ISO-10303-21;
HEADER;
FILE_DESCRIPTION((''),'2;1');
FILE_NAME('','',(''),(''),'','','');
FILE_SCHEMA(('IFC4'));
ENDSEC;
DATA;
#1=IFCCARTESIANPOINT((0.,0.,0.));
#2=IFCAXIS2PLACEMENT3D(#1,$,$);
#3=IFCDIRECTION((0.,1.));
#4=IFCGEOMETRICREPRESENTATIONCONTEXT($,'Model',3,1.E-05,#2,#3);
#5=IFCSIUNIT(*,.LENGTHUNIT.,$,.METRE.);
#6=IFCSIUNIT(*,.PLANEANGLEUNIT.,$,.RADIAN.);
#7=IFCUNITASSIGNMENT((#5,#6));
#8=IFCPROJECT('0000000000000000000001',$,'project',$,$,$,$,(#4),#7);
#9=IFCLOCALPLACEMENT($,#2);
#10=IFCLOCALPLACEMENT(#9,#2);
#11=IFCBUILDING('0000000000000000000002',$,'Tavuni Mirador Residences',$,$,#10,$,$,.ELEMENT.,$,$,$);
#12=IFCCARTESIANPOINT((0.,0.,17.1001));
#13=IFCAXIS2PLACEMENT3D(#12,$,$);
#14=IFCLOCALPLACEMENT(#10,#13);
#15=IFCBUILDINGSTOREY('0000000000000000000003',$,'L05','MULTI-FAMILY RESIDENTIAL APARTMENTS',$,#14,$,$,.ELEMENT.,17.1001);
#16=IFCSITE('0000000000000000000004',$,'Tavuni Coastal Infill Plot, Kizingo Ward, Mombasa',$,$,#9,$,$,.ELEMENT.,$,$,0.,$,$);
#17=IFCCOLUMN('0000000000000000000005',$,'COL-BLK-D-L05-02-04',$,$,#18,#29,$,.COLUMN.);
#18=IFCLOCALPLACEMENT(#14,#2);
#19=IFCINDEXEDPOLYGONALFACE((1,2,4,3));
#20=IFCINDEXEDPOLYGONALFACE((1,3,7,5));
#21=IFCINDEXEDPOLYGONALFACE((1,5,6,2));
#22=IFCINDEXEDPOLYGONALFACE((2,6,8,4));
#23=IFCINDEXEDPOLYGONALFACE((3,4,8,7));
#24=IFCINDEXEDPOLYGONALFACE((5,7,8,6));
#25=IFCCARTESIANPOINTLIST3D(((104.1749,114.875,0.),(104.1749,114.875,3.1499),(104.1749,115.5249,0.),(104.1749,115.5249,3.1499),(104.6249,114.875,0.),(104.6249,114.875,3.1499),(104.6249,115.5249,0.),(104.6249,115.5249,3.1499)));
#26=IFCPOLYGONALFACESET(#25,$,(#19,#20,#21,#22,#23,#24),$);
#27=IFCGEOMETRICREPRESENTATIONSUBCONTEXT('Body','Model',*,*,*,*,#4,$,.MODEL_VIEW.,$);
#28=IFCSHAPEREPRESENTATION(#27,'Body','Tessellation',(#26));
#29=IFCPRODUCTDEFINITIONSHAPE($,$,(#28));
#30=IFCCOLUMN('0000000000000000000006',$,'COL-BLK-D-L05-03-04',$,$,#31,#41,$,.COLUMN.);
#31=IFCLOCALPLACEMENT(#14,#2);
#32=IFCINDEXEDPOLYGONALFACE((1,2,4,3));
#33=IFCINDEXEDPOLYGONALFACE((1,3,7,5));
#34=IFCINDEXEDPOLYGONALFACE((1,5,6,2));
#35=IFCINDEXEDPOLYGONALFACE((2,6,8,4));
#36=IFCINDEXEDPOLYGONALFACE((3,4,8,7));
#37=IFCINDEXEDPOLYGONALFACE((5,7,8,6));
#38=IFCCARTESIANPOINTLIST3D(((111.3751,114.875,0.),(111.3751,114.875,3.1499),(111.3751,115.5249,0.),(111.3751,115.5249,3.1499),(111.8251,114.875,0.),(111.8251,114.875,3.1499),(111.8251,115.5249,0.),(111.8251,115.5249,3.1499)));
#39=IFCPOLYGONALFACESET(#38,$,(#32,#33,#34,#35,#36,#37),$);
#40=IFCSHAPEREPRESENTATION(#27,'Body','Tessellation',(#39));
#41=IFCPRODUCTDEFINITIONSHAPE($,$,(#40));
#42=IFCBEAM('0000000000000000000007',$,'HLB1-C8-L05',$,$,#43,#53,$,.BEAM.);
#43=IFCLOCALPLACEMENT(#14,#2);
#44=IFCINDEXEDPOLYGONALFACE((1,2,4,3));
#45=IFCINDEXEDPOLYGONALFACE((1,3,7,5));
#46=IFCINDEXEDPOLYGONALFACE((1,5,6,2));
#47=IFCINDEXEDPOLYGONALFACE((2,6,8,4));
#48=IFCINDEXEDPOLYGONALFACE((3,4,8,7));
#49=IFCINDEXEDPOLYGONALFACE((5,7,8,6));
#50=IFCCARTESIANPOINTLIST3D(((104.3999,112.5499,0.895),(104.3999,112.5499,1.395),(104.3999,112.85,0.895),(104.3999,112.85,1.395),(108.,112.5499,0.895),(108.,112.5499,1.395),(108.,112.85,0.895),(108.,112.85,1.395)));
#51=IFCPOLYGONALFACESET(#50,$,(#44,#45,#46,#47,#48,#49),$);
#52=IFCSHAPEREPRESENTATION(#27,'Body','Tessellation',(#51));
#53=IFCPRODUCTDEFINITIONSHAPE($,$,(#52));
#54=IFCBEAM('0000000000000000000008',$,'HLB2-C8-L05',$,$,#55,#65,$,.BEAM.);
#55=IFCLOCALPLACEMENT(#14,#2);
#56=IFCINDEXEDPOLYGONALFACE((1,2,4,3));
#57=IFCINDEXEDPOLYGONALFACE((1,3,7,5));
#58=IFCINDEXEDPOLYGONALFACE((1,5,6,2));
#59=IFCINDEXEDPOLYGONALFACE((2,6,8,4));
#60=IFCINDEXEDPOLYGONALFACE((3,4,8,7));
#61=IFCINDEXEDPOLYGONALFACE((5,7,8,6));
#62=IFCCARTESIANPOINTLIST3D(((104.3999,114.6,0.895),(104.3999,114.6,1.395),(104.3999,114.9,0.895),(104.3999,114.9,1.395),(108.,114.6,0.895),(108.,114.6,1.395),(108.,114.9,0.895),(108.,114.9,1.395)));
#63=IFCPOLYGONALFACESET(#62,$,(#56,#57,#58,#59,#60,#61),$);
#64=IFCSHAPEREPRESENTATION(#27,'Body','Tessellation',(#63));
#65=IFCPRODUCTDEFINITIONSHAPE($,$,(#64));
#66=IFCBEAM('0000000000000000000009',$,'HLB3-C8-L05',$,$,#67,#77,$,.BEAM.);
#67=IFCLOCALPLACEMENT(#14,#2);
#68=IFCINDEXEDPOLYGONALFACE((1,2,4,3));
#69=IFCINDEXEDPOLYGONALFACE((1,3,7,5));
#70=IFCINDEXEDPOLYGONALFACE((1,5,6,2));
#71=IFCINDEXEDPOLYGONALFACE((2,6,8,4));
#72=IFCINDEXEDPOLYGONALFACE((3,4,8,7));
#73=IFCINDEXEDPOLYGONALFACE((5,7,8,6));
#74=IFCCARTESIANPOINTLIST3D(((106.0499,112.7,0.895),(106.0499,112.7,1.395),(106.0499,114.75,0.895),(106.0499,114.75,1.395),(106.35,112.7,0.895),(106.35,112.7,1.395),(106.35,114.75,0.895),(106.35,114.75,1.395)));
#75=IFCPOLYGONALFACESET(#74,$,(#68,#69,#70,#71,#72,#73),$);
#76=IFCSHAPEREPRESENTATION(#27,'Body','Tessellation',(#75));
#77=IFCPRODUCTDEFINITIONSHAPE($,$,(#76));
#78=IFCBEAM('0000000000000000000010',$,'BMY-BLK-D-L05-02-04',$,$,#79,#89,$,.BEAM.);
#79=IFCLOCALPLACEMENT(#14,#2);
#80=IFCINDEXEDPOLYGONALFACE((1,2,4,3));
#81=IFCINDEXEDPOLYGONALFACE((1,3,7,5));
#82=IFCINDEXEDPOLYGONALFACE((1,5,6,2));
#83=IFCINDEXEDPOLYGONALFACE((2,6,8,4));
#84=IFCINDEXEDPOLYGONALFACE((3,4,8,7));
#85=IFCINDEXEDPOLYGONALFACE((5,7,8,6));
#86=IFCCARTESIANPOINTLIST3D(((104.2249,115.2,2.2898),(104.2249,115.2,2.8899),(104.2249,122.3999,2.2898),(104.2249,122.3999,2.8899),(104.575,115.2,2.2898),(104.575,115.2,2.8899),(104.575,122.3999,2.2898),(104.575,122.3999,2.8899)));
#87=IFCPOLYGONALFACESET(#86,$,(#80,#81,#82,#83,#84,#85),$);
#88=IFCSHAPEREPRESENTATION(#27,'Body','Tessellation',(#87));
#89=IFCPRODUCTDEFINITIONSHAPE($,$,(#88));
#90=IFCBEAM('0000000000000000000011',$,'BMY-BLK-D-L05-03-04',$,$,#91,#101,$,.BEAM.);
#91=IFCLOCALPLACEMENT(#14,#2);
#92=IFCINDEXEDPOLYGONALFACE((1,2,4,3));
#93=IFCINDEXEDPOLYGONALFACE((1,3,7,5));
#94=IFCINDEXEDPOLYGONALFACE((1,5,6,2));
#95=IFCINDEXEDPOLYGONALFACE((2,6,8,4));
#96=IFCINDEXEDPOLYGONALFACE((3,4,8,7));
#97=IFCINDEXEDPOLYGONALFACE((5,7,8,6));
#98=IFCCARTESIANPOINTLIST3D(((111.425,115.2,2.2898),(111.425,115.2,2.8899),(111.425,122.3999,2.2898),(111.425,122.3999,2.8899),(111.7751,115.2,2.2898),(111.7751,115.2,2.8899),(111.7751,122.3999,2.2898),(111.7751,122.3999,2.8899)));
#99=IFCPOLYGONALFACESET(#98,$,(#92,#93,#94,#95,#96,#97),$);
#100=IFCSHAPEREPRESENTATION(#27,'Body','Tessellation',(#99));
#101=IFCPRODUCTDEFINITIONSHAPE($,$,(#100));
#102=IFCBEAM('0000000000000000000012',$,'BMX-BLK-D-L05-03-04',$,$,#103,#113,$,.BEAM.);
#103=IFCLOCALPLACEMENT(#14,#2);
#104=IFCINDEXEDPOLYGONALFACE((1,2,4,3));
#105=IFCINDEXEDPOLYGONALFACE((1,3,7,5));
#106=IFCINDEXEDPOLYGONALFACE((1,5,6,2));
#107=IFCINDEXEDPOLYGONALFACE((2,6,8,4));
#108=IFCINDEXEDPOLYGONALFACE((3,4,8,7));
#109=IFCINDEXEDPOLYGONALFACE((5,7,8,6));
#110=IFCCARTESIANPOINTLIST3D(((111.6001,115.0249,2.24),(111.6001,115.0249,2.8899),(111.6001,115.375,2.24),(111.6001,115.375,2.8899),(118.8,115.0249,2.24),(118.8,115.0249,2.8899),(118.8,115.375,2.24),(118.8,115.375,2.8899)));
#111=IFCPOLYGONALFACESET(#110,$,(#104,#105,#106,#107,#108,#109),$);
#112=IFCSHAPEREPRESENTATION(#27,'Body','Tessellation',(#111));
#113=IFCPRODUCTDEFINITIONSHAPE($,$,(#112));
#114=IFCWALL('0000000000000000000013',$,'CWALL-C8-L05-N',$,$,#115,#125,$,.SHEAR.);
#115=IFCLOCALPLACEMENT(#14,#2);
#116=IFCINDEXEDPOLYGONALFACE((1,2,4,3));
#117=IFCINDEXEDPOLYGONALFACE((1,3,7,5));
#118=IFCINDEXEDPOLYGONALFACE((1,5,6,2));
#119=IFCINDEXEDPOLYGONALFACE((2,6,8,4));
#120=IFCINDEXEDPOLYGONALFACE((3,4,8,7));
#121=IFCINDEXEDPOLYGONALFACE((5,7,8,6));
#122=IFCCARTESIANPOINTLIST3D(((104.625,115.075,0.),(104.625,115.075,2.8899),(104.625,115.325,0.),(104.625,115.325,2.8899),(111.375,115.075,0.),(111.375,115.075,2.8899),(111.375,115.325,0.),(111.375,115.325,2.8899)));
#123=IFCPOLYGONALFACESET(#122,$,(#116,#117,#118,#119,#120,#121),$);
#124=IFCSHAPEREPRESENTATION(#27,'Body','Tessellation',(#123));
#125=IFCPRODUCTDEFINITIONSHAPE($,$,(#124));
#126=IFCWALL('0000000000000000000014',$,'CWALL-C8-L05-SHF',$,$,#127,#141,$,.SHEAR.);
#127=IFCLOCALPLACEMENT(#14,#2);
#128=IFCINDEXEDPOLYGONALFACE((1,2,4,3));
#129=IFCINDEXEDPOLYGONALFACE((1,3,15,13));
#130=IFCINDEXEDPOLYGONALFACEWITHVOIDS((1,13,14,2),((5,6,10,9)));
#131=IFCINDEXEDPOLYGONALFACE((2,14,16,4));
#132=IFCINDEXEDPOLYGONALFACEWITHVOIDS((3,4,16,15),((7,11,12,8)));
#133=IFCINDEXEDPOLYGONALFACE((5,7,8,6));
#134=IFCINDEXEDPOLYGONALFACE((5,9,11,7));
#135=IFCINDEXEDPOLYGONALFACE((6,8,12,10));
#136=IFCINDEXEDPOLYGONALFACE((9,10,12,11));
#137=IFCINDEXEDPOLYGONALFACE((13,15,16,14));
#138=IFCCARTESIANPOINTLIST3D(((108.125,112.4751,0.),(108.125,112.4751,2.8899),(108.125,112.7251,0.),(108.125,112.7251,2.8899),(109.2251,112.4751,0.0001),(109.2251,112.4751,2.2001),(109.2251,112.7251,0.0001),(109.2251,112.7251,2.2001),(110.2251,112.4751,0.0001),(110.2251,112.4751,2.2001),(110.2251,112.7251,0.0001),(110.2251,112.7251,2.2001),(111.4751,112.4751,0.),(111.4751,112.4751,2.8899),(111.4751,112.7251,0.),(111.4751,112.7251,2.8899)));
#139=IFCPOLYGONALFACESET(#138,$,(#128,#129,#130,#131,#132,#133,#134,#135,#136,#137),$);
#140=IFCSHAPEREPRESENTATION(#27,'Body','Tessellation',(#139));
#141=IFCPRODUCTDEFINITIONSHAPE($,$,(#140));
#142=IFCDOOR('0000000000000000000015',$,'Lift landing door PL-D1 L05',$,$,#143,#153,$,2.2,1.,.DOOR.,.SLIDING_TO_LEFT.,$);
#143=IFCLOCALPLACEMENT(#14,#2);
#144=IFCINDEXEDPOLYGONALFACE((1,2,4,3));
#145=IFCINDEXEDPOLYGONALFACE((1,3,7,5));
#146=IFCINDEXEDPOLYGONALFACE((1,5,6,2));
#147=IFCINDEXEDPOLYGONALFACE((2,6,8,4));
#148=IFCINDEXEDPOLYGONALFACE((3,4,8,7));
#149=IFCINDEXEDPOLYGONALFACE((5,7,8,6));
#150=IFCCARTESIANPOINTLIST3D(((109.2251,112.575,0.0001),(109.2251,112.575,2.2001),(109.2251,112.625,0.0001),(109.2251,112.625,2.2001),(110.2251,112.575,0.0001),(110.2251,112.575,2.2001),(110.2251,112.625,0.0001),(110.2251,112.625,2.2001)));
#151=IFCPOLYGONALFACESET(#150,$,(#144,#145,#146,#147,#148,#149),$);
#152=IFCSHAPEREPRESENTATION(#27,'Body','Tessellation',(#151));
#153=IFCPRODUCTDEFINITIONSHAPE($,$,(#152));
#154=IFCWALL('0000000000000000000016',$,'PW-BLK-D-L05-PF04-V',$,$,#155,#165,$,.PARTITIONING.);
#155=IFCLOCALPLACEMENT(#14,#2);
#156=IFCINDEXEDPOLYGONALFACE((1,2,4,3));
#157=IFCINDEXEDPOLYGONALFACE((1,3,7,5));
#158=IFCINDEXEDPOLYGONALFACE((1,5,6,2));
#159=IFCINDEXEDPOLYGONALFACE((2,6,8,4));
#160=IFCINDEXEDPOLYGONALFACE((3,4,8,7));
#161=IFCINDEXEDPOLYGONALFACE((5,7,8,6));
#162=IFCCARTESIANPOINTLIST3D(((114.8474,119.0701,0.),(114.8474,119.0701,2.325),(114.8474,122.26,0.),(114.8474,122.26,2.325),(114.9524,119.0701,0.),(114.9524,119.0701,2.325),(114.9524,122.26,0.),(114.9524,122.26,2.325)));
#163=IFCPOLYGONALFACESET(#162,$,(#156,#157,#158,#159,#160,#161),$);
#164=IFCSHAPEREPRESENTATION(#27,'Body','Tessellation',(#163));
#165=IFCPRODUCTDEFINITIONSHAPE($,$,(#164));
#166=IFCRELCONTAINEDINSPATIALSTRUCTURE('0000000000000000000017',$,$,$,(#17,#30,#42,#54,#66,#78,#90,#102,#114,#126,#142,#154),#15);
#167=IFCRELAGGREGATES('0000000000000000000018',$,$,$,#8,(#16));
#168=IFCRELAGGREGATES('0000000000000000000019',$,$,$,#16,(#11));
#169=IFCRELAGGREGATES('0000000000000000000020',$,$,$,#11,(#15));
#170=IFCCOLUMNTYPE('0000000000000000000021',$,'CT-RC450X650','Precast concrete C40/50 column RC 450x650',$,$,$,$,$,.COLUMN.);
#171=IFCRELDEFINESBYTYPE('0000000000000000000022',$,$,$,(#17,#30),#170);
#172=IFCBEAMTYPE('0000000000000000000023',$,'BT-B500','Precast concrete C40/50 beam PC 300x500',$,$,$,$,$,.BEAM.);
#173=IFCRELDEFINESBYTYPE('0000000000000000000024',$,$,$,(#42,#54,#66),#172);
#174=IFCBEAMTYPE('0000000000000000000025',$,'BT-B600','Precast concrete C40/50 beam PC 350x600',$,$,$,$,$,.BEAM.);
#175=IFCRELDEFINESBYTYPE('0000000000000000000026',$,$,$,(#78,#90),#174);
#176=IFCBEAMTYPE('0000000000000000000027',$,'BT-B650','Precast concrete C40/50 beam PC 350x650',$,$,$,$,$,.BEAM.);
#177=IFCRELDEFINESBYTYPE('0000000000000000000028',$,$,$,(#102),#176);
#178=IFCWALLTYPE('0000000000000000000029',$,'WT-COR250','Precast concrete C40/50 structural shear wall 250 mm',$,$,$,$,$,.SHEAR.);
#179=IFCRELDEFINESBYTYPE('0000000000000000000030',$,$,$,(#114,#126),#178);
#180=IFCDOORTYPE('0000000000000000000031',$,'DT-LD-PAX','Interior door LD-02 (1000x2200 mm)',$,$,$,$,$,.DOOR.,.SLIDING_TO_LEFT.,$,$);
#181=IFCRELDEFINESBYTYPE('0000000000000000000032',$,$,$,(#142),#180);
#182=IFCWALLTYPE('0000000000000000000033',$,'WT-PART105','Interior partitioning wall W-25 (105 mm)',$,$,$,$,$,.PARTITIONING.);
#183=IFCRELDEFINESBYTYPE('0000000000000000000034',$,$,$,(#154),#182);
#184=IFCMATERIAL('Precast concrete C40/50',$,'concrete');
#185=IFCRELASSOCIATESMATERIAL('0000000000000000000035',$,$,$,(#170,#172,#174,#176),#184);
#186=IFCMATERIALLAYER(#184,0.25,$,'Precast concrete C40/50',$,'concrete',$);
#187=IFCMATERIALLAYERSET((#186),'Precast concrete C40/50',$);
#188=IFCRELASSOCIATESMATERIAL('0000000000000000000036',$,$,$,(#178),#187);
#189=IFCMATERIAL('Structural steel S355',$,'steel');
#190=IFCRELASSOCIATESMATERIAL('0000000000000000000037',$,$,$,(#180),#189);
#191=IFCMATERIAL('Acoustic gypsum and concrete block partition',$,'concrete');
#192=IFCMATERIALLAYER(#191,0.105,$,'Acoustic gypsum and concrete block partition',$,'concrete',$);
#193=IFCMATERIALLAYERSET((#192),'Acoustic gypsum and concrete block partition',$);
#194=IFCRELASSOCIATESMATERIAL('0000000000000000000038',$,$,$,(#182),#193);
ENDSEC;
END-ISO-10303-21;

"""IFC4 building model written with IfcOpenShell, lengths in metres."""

from ifc_helpers import new_model, si_unit, direction, frame, frame_2d, origin, origin_2d, place, context, subcontext, project, spatial, rectangle, extrude, material, layer, layer_set, material_profile, profile_set, type_object, element, fill, save


model = new_model("IFC4")

# Units and contexts
model_context = context("Model", 3, precision=1e-05, world=origin(), true_north=direction((0.0, 1.0)))
body_context = subcontext(model_context, "Body", "Model", "MODEL_VIEW")
ifc_project = project(units=[si_unit("LENGTHUNIT", "METRE"), si_unit("PLANEANGLEUNIT", "RADIAN")], contexts=[model_context])

# Site, building, storey
site_placement = place(None, origin())
site = spatial("IfcSite", under=ifc_project, at=site_placement, Name="Tavuni Coastal Infill Plot, Kizingo Ward, Mombasa", CompositionType="ELEMENT", RefElevation=0.0)
building_placement = place(site_placement, origin())
building = spatial("IfcBuilding", under=site, at=building_placement, Name="Tavuni Mirador Residences", CompositionType="ELEMENT")
storey_placement = place(building_placement, frame((0.0, 0.0, 17.1001)))
storey = spatial("IfcBuildingStorey", under=building, at=storey_placement, Name="L05", Description="MULTI-FAMILY RESIDENTIAL APARTMENTS", CompositionType="ELEMENT", Elevation=17.1001)

# Columns
ifc_material_1 = material(Name="Precast concrete C40/50", Category="concrete")
ifc_material_profile_1 = material_profile(ifc_material_1, rectangle(XDim=0.45, YDim=0.6499, at=origin_2d()), Name="RC 450x650", Category="concrete")
ifc_profile_set_1 = profile_set([ifc_material_profile_1], Name="Precast concrete C40/50")
column_type = type_object("IfcColumnType", Name="CT-RC450X650", Description="Precast concrete C40/50 column RC 450x650", PredefinedType="COLUMN", material=ifc_profile_set_1)
for number, where, z_axis, x_axis, name in (
    (1, (104.3999, 115.2, 0.0), (0.0, 0.0, 1.0), (1.0, 0.0, 0.0), "COL-BLK-D-L05-02-04"),
    (2, (111.6001, 115.2, 0.0), (0.0, 0.0, 1.0), (1.0, 0.0, 0.0), "COL-BLK-D-L05-03-04"),
):
    element("IfcColumn", number, at=place(storey_placement, frame(where, z_axis=z_axis, x_axis=x_axis)), inside=storey, type_object=column_type, Name=name, PredefinedType="COLUMN", context=body_context, shape_type="SweptSolid", body=[
        extrude(rectangle(XDim=0.45, YDim=0.6499, at=origin_2d()), origin(), (0.0, 0.0, 1.0), 3.1499),
    ])

# Beams
ifc_material_profile_2 = material_profile(ifc_material_1, rectangle(XDim=0.3, YDim=0.5, at=origin_2d()), Name="PC 300x500", Category="concrete")
ifc_profile_set_2 = profile_set([ifc_material_profile_2], Name="Precast concrete C40/50")
beam_type_1 = type_object("IfcBeamType", Name="BT-B500", Description="Precast concrete C40/50 beam PC 300x500", PredefinedType="BEAM", material=ifc_profile_set_2)
for number, where, z_axis, x_axis, name in (
    (3, (104.3999, 112.7, 1.145), (1.0, 0.0, 0.0), (0.0, 1.0, 0.0), "HLB1-C8-L05"),
    (4, (104.3999, 114.75, 1.145), (1.0, 0.0, 0.0), (0.0, 1.0, 0.0), "HLB2-C8-L05"),
):
    element("IfcBeam", number, at=place(storey_placement, frame(where, z_axis=z_axis, x_axis=x_axis)), inside=storey, type_object=beam_type_1, Name=name, PredefinedType="BEAM", context=body_context, shape_type="SweptSolid", body=[
        extrude(rectangle(XDim=0.3, YDim=0.5, at=origin_2d()), origin(), (0.0, 0.0, 1.0), 3.6001),
    ])
beam_1_placement = place(storey_placement, frame((106.2, 112.7, 1.145), z_axis=(0.0, 1.0, 0.0), x_axis=(-1.0, 0.0, 0.0)))
element("IfcBeam", 5, at=beam_1_placement, inside=storey, type_object=beam_type_1, Name="HLB3-C8-L05", PredefinedType="BEAM", context=body_context, shape_type="SweptSolid", body=[
    extrude(rectangle(XDim=0.3, YDim=0.5, at=origin_2d()), origin(), (0.0, 0.0, 1.0), 2.05),
])
ifc_material_profile_3 = material_profile(ifc_material_1, rectangle(XDim=0.3501, YDim=0.6001, at=origin_2d()), Name="PC 350x600", Category="concrete")
ifc_profile_set_3 = profile_set([ifc_material_profile_3], Name="Precast concrete C40/50")
beam_type_2 = type_object("IfcBeamType", Name="BT-B600", Description="Precast concrete C40/50 beam PC 350x600", PredefinedType="BEAM", material=ifc_profile_set_3)
for number, where, z_axis, x_axis, name in (
    (6, (104.3999, 115.2, 2.5898), (0.0, 1.0, 0.0), (-1.0, 0.0, 0.0), "BMY-BLK-D-L05-02-04"),
    (7, (111.6001, 115.2, 2.5898), (0.0, 1.0, 0.0), (-1.0, 0.0, 0.0), "BMY-BLK-D-L05-03-04"),
):
    element("IfcBeam", number, at=place(storey_placement, frame(where, z_axis=z_axis, x_axis=x_axis)), inside=storey, type_object=beam_type_2, Name=name, PredefinedType="BEAM", context=body_context, shape_type="SweptSolid", body=[
        extrude(rectangle(XDim=0.3501, YDim=0.6001, at=origin_2d()), origin(), (0.0, 0.0, 1.0), 7.2),
    ])
ifc_material_profile_4 = material_profile(ifc_material_1, rectangle(XDim=0.3501, YDim=0.6499, at=origin_2d()), Name="PC 350x650", Category="concrete")
ifc_profile_set_4 = profile_set([ifc_material_profile_4], Name="Precast concrete C40/50")
beam_type_3 = type_object("IfcBeamType", Name="BT-B650", Description="Precast concrete C40/50 beam PC 350x650", PredefinedType="BEAM", material=ifc_profile_set_4)
beam_2_placement = place(storey_placement, frame((111.6001, 115.2, 2.5649), z_axis=(1.0, 0.0, 0.0), x_axis=(0.0, 1.0, 0.0)))
element("IfcBeam", 8, at=beam_2_placement, inside=storey, type_object=beam_type_3, Name="BMX-BLK-D-L05-03-04", PredefinedType="BEAM", context=body_context, shape_type="SweptSolid", body=[
    extrude(rectangle(XDim=0.3501, YDim=0.6499, at=origin_2d()), origin(), (0.0, 0.0, 1.0), 7.2),
])

# Wall
ifc_layer_1 = layer(ifc_material_1, 0.25, Name="Precast concrete C40/50", Category="concrete")
ifc_layer_set_1 = layer_set([ifc_layer_1], Name="Precast concrete C40/50")
wall_type_1 = type_object("IfcWallType", Name="WT-COR250", Description="Precast concrete C40/50 structural shear wall 250 mm", PredefinedType="SHEAR", material=ifc_layer_set_1)
wall_1_placement = place(storey_placement, frame((104.625, 115.2, 0.0), z_axis=(0.0, 0.0, 1.0), x_axis=(1.0, 0.0, 0.0)))
element("IfcWall", 9, at=wall_1_placement, inside=storey, type_object=wall_type_1, Name="CWALL-C8-L05-N", PredefinedType="SHEAR", context=body_context, shape_type="SweptSolid", body=[
    extrude(rectangle(XDim=6.75, YDim=0.25, at=frame_2d((3.375, 0.0))), origin(), (0.0, 0.0, 1.0), 2.8899),
])

# Wall, opening, door
wall_2_placement = place(storey_placement, frame((108.125, 112.6001, 0.0), z_axis=(0.0, 0.0, 1.0), x_axis=(1.0, 0.0, 0.0)))
wall_2 = element("IfcWall", 10, at=wall_2_placement, inside=storey, type_object=wall_type_1, Name="CWALL-C8-L05-SHF", PredefinedType="SHEAR", context=body_context, shape_type="SweptSolid", body=[
    extrude(rectangle(XDim=3.3501, YDim=0.25, at=frame_2d((1.675, 0.0))), origin(), (0.0, 0.0, 1.0), 2.8899),
])
opening_1_placement = place(wall_2_placement, frame((1.1001, 0.0, 0.0)))
opening_1 = element("IfcOpeningElement", 11, at=opening_1_placement, cuts=wall_2, PredefinedType="OPENING", context=body_context, shape_type="SweptSolid", body=[
    extrude(rectangle(XDim=1.0, YDim=2.2, at=frame_2d((0.5, 1.1001))), frame((0.0, 0.135, 0.0), z_axis=(0.0, -1.0, 0.0), x_axis=(1.0, 0.0, 0.0)), (0.0, 0.0, 1.0), 0.27),
])
ifc_material_2 = material(Name="Structural steel S355", Category="steel")
door_type_1 = type_object("IfcDoorType", Name="DT-LD-PAX", Description="Interior door LD-02 (1000x2200 mm)", OperationType="SLIDING_TO_LEFT", PredefinedType="DOOR", material=ifc_material_2)
door_1_placement = place(opening_1_placement, origin())
door_1 = element("IfcDoor", 12, at=door_1_placement, inside=storey, type_object=door_type_1, Name="Lift landing door PL-D1 L05", OperationType="SLIDING_TO_LEFT", OverallHeight=2.2, OverallWidth=1.0, PredefinedType="DOOR", context=body_context, shape_type="SweptSolid", body=[
    extrude(rectangle(XDim=1.0, YDim=2.2, at=frame_2d((0.5, 1.1001))), frame((0.0, 0.0249, 0.0), z_axis=(0.0, -1.0, 0.0), x_axis=(1.0, 0.0, 0.0)), (0.0, 0.0, 1.0), 0.05),
])
fill(opening_1, door_1)

# Wall
ifc_material_3 = material(Name="Acoustic gypsum and concrete block partition", Category="concrete")
ifc_layer_2 = layer(ifc_material_3, 0.105, Name="Acoustic gypsum and concrete block partition", Category="concrete")
ifc_layer_set_2 = layer_set([ifc_layer_2], Name="Acoustic gypsum and concrete block partition")
wall_type_2 = type_object("IfcWallType", Name="WT-PART105", Description="Interior partitioning wall W-25 (105 mm)", PredefinedType="PARTITIONING", material=ifc_layer_set_2)
wall_3_placement = place(storey_placement, frame((114.8999, 119.0701, 0.0), z_axis=(0.0, 0.0, 1.0), x_axis=(0.0, 1.0, 0.0)))
element("IfcWall", 13, at=wall_3_placement, inside=storey, type_object=wall_type_2, Name="PW-BLK-D-L05-PF04-V", PredefinedType="PARTITIONING", context=body_context, shape_type="SweptSolid", body=[
    extrude(rectangle(XDim=3.1899, YDim=0.105, at=frame_2d((1.595, 0.0))), origin(), (0.0, 0.0, 1.0), 2.325),
])

save(model, "model.ifc")
